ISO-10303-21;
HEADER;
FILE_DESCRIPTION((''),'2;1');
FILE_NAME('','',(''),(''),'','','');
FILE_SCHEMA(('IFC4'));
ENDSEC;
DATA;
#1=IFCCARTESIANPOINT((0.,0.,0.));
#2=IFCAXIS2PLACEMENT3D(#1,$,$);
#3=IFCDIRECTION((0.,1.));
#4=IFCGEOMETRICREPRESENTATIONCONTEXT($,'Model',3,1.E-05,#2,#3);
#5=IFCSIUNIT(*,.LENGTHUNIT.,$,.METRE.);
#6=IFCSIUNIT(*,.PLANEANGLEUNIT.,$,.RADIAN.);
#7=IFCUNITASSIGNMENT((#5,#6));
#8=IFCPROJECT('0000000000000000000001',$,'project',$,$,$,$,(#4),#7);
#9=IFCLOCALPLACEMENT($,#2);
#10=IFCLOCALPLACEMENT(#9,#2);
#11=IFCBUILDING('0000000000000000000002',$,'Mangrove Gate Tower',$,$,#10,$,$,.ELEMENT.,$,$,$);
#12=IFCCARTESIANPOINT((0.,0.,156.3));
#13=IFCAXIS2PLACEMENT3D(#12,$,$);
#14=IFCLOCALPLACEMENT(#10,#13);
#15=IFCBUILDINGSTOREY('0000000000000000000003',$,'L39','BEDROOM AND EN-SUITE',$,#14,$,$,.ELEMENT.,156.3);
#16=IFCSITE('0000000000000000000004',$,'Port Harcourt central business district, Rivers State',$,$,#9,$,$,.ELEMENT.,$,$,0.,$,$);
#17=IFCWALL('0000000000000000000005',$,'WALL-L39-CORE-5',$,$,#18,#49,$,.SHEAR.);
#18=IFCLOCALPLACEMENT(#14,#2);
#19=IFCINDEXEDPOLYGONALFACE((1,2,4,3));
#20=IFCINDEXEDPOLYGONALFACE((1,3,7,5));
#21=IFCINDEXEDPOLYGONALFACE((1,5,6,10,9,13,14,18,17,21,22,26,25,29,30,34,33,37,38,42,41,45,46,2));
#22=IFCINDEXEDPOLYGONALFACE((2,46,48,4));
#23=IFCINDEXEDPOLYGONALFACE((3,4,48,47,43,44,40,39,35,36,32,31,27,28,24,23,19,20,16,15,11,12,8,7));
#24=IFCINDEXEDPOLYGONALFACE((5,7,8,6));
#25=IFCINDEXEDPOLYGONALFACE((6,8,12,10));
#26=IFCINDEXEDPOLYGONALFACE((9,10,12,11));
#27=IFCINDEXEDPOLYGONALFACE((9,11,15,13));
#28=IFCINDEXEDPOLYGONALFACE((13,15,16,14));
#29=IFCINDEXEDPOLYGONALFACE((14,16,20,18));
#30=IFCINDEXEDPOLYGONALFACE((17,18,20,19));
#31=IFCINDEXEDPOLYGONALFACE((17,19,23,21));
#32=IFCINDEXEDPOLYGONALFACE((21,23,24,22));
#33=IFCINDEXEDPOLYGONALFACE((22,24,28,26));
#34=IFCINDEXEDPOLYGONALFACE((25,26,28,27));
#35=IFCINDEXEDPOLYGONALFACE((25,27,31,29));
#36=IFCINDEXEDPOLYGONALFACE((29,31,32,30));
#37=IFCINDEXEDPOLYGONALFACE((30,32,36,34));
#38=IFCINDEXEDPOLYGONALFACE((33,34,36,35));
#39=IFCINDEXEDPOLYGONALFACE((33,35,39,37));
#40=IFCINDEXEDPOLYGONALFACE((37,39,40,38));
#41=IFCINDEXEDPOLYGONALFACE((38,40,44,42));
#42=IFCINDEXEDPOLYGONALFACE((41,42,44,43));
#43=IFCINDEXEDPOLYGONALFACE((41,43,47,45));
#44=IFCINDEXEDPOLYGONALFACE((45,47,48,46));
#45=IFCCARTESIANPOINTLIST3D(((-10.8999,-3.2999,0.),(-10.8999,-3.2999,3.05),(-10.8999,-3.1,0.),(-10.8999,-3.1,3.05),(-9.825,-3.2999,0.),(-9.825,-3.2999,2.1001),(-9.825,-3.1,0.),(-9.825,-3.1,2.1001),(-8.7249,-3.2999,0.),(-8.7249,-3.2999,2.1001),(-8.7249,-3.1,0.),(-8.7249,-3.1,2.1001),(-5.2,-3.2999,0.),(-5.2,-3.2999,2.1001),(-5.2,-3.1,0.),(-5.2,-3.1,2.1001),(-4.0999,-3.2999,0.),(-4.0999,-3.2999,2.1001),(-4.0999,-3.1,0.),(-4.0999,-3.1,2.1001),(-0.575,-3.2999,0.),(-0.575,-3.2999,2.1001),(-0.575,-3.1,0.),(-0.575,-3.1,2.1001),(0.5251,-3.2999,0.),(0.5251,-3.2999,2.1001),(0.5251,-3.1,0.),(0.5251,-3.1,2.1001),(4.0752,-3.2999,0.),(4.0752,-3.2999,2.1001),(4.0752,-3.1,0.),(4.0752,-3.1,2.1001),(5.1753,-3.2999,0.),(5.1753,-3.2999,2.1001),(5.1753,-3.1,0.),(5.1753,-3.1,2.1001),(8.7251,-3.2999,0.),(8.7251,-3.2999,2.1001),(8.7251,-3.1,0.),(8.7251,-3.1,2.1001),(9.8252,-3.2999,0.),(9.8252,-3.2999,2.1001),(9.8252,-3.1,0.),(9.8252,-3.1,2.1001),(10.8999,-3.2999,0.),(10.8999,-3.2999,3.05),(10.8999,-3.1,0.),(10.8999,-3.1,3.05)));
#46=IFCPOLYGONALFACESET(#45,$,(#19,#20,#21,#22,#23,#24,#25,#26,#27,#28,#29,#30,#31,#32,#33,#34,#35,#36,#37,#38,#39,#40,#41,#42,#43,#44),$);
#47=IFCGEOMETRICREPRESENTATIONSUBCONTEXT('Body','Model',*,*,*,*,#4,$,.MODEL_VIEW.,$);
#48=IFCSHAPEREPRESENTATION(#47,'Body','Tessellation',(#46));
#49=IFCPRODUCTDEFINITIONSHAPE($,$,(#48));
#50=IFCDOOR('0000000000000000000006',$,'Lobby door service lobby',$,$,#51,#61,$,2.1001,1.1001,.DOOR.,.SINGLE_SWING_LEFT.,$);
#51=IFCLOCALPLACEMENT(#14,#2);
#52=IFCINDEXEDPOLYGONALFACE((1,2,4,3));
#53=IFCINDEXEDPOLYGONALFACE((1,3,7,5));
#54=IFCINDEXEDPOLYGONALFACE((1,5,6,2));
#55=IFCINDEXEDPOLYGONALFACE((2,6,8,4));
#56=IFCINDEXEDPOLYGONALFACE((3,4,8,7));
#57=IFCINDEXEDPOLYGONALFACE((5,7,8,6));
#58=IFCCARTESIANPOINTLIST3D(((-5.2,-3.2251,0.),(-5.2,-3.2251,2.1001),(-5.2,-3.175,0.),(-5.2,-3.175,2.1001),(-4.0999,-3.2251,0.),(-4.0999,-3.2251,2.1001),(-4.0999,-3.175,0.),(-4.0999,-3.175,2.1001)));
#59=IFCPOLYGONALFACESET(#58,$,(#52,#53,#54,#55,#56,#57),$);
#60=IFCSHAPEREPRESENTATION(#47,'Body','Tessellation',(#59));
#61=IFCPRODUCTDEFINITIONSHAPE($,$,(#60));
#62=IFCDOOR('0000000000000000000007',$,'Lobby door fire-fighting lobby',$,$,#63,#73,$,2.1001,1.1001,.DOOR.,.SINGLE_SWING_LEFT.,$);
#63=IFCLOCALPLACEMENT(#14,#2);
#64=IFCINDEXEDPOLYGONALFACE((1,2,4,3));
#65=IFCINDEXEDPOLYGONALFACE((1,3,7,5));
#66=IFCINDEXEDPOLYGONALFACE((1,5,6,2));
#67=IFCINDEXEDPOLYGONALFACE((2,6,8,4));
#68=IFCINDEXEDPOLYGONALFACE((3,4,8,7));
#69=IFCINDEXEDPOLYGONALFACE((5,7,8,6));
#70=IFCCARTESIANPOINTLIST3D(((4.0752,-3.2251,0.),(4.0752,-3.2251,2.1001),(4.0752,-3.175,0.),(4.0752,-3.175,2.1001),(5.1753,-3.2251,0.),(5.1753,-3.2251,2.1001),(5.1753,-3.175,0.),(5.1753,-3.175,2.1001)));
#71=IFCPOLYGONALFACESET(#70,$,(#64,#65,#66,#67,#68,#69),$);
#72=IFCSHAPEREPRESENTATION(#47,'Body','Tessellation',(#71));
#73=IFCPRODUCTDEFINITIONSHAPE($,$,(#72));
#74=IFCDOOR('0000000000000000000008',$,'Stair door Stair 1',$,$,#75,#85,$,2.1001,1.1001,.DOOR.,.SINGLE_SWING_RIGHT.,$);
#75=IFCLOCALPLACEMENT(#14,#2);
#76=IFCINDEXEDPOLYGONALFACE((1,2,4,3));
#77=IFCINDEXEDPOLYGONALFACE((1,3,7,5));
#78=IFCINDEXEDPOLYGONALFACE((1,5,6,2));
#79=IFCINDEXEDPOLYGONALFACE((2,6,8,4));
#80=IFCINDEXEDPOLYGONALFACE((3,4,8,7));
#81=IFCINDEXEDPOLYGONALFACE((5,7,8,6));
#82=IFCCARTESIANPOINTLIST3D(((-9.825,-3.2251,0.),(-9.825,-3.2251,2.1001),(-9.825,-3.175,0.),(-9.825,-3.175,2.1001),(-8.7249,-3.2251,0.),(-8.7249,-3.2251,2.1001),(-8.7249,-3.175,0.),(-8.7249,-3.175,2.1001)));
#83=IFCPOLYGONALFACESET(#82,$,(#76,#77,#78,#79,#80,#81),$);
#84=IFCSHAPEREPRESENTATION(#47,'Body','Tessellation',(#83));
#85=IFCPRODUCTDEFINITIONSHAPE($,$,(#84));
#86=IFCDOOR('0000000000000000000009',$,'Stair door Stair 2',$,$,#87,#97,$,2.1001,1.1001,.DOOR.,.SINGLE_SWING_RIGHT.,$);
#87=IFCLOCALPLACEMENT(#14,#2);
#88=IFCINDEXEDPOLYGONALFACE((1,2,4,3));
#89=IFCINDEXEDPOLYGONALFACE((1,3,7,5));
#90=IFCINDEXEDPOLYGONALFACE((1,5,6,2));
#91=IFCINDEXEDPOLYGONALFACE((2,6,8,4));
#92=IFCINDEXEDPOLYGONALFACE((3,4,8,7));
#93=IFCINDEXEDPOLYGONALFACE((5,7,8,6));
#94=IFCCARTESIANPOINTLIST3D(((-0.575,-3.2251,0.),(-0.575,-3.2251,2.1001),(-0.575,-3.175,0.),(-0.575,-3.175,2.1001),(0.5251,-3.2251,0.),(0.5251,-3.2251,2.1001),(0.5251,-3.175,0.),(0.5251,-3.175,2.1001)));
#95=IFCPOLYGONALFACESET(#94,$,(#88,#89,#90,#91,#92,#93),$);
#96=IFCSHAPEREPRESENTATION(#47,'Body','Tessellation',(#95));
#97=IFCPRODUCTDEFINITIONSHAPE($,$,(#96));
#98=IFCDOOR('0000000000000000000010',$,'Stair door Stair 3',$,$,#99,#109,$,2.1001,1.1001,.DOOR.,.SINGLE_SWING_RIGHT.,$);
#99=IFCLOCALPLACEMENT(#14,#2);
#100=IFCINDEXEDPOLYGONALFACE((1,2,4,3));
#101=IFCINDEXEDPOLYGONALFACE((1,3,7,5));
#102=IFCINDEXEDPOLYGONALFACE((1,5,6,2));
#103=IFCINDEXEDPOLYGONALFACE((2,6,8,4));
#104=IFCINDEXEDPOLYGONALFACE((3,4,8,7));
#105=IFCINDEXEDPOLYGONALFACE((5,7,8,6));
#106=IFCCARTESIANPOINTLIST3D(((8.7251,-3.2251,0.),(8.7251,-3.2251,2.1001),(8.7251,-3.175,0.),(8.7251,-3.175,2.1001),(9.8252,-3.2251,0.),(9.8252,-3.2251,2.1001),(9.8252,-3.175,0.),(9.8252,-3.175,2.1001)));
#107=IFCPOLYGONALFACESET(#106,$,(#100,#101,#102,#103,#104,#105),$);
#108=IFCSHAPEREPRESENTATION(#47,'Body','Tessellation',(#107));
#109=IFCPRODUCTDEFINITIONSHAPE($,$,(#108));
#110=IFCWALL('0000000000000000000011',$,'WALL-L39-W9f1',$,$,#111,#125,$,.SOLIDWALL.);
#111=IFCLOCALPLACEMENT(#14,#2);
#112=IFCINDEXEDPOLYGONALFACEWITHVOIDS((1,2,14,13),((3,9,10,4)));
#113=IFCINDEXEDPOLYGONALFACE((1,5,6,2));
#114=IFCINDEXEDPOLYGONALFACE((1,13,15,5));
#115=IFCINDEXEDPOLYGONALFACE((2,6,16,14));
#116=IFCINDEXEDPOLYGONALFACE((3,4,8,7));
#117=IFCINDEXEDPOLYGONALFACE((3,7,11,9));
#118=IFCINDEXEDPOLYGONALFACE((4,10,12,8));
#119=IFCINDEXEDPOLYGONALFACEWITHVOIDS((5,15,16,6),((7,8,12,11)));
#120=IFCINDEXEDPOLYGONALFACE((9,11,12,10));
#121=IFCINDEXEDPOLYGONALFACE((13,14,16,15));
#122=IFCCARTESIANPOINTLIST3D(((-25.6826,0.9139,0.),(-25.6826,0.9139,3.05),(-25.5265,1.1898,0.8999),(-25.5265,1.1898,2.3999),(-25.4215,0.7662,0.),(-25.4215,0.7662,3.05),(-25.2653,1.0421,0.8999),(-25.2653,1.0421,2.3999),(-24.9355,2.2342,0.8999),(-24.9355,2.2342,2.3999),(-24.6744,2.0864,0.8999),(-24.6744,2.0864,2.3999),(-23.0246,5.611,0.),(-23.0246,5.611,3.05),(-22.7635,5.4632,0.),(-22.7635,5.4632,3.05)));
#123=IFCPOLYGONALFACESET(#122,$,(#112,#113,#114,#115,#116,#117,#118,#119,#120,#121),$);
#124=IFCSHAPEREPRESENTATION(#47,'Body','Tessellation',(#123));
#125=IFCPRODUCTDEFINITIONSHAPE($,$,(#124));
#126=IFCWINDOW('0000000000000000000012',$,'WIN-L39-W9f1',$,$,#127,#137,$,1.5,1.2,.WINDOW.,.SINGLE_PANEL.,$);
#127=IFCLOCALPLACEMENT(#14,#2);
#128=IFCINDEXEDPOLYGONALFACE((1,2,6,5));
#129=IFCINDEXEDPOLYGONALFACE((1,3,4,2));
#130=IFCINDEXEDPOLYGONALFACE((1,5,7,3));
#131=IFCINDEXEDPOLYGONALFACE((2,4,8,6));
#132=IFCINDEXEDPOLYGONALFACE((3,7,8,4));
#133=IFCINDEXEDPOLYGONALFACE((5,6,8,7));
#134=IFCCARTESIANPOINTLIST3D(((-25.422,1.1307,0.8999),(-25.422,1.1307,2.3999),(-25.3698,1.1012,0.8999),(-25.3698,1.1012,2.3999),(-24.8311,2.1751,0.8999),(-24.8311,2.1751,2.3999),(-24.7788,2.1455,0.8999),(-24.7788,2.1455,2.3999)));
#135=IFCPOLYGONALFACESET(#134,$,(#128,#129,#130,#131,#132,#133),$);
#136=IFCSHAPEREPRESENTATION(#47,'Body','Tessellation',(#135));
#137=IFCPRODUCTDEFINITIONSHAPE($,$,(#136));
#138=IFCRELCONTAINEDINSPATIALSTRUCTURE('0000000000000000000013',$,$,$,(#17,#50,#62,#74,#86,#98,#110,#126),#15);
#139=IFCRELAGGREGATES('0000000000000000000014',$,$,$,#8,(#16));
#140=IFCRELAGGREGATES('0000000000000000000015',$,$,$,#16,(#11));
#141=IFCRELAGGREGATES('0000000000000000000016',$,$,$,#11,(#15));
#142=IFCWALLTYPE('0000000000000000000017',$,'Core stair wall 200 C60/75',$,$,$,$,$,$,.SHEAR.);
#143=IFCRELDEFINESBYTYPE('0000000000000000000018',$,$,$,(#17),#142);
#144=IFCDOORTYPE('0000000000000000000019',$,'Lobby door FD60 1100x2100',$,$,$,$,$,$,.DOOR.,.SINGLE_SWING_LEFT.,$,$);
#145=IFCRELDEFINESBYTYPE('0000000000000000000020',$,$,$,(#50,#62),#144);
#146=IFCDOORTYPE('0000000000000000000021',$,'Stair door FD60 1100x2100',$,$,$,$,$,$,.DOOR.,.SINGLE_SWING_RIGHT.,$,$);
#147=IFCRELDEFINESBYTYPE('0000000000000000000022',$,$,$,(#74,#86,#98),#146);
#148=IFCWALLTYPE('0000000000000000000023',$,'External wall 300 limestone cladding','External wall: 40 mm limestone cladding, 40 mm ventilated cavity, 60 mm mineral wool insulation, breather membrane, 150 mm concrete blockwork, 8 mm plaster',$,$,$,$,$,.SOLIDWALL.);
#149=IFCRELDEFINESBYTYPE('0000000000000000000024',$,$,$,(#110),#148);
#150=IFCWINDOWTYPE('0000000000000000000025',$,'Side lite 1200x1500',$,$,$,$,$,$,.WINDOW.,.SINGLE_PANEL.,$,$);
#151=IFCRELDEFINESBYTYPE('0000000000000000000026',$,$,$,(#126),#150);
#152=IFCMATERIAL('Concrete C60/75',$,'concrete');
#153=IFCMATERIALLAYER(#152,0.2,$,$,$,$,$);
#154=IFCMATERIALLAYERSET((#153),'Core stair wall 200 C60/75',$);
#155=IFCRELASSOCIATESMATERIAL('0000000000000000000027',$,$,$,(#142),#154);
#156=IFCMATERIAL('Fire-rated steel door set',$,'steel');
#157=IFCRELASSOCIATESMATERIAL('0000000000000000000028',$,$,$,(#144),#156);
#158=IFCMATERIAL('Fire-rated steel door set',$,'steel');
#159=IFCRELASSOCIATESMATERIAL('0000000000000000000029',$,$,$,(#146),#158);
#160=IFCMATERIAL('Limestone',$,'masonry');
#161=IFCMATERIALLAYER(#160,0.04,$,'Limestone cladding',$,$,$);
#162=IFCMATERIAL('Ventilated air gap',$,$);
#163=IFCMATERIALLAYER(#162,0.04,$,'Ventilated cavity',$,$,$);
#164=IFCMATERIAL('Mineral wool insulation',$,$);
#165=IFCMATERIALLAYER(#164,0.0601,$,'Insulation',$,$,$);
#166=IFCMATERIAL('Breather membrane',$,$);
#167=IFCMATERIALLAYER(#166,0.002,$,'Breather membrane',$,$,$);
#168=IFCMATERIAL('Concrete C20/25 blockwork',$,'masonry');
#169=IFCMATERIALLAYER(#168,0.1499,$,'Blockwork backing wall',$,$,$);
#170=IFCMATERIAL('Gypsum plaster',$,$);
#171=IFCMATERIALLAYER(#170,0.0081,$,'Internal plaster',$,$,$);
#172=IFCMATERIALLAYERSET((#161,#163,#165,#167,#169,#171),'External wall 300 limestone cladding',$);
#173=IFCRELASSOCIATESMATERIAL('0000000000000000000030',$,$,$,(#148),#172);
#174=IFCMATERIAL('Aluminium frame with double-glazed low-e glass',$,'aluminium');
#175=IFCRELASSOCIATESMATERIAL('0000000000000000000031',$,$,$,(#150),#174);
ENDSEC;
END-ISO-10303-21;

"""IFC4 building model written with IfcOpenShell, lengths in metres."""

from ifc_helpers import new_model, si_unit, direction, frame, frame_2d, origin, place, context, subcontext, project, spatial, rectangle, extrude, material, layer, layer_set, type_object, element, fill, save


model = new_model("IFC4")

# Units and contexts
model_context = context("Model", 3, precision=1e-05, world=origin(), true_north=direction((0.0, 1.0)))
body_context = subcontext(model_context, "Body", "Model", "MODEL_VIEW")
ifc_project = project(units=[si_unit("LENGTHUNIT", "METRE"), si_unit("PLANEANGLEUNIT", "RADIAN")], contexts=[model_context])

# Site, building, storey
site_placement = place(None, origin())
site = spatial("IfcSite", under=ifc_project, at=site_placement, Name="Port Harcourt central business district, Rivers State", CompositionType="ELEMENT", RefElevation=0.0)
building_placement = place(site_placement, origin())
building = spatial("IfcBuilding", under=site, at=building_placement, Name="Mangrove Gate Tower", CompositionType="ELEMENT")
storey_placement = place(building_placement, frame((0.0, 0.0, 156.3)))
storey = spatial("IfcBuildingStorey", under=building, at=storey_placement, Name="L39", Description="BEDROOM AND EN-SUITE", CompositionType="ELEMENT", Elevation=156.3)

# Wall, openings, doors
ifc_material_1 = material(Name="Concrete C60/75", Category="concrete")
ifc_layer_1 = layer(ifc_material_1, 0.2)
ifc_layer_set_1 = layer_set([ifc_layer_1], Name="Core stair wall 200 C60/75")
wall_type_1 = type_object("IfcWallType", Name="Core stair wall 200 C60/75", PredefinedType="SHEAR", material=ifc_layer_set_1)
wall_1_placement = place(storey_placement, frame((-10.8999, -3.2, 0.0), z_axis=(0.0, 0.0, 1.0), x_axis=(1.0, 0.0, 0.0)))
wall_1 = element("IfcWall", 1, at=wall_1_placement, inside=storey, type_object=wall_type_1, Name="WALL-L39-CORE-5", PredefinedType="SHEAR", context=body_context, shape_type="SweptSolid", body=[
    extrude(rectangle(XDim=21.7998, YDim=0.2, at=frame_2d((10.8999, 0.0))), origin(), (0.0, 0.0, 1.0), 3.05),
])
opening_1_placement = place(wall_1_placement, frame((1.075, 0.0, 0.0)))
opening_1 = element("IfcOpeningElement", 2, at=opening_1_placement, cuts=wall_1, PredefinedType="OPENING", context=body_context, shape_type="SweptSolid", body=[
    extrude(rectangle(XDim=1.1001, YDim=2.1001, at=frame_2d((0.55, 1.05))), frame((0.0, 0.1099, 0.0), z_axis=(0.0, -1.0, 0.0), x_axis=(1.0, 0.0, 0.0)), (0.0, 0.0, 1.0), 0.22),
])
opening_2_placement = place(wall_1_placement, frame((10.325, 0.0, 0.0)))
opening_2 = element("IfcOpeningElement", 3, at=opening_2_placement, cuts=wall_1, PredefinedType="OPENING", context=body_context, shape_type="SweptSolid", body=[
    extrude(rectangle(XDim=1.1001, YDim=2.1001, at=frame_2d((0.55, 1.05))), frame((0.0, 0.1099, 0.0), z_axis=(0.0, -1.0, 0.0), x_axis=(1.0, 0.0, 0.0)), (0.0, 0.0, 1.0), 0.22),
])
opening_3_placement = place(wall_1_placement, frame((19.625, 0.0, 0.0)))
opening_3 = element("IfcOpeningElement", 4, at=opening_3_placement, cuts=wall_1, PredefinedType="OPENING", context=body_context, shape_type="SweptSolid", body=[
    extrude(rectangle(XDim=1.1001, YDim=2.1001, at=frame_2d((0.55, 1.05))), frame((0.0, 0.1099, 0.0), z_axis=(0.0, -1.0, 0.0), x_axis=(1.0, 0.0, 0.0)), (0.0, 0.0, 1.0), 0.22),
])
opening_4_placement = place(wall_1_placement, frame((5.7, 0.0, 0.0)))
opening_4 = element("IfcOpeningElement", 5, at=opening_4_placement, cuts=wall_1, PredefinedType="OPENING", context=body_context, shape_type="SweptSolid", body=[
    extrude(rectangle(XDim=1.1001, YDim=2.1001, at=frame_2d((0.55, 1.05))), frame((0.0, 0.1099, 0.0), z_axis=(0.0, -1.0, 0.0), x_axis=(1.0, 0.0, 0.0)), (0.0, 0.0, 1.0), 0.22),
])
opening_5_placement = place(wall_1_placement, frame((14.9751, 0.0, 0.0)))
opening_5 = element("IfcOpeningElement", 6, at=opening_5_placement, cuts=wall_1, PredefinedType="OPENING", context=body_context, shape_type="SweptSolid", body=[
    extrude(rectangle(XDim=1.1001, YDim=2.1001, at=frame_2d((0.55, 1.05))), frame((0.0, 0.1099, 0.0), z_axis=(0.0, -1.0, 0.0), x_axis=(1.0, 0.0, 0.0)), (0.0, 0.0, 1.0), 0.22),
])
ifc_material_2 = material(Name="Fire-rated steel door set", Category="steel")
door_type_1 = type_object("IfcDoorType", Name="Lobby door FD60 1100x2100", OperationType="SINGLE_SWING_LEFT", PredefinedType="DOOR", material=ifc_material_2)
door_1_placement = place(opening_4_placement, origin())
door_1 = element("IfcDoor", 7, at=door_1_placement, inside=storey, type_object=door_type_1, Name="Lobby door service lobby", OperationType="SINGLE_SWING_LEFT", OverallHeight=2.1001, OverallWidth=1.1001, PredefinedType="DOOR", context=body_context, shape_type="SweptSolid", body=[
    extrude(rectangle(XDim=1.1001, YDim=2.1001, at=frame_2d((0.55, 1.05))), frame((0.0, 0.0249, 0.0), z_axis=(0.0, -1.0, 0.0), x_axis=(1.0, 0.0, 0.0)), (0.0, 0.0, 1.0), 0.05),
])
fill(opening_4, door_1)
door_2_placement = place(opening_5_placement, origin())
door_2 = element("IfcDoor", 8, at=door_2_placement, inside=storey, type_object=door_type_1, Name="Lobby door fire-fighting lobby", OperationType="SINGLE_SWING_LEFT", OverallHeight=2.1001, OverallWidth=1.1001, PredefinedType="DOOR", context=body_context, shape_type="SweptSolid", body=[
    extrude(rectangle(XDim=1.1001, YDim=2.1001, at=frame_2d((0.55, 1.05))), frame((0.0, 0.0249, 0.0), z_axis=(0.0, -1.0, 0.0), x_axis=(1.0, 0.0, 0.0)), (0.0, 0.0, 1.0), 0.05),
])
fill(opening_5, door_2)
ifc_material_3 = material(Name="Fire-rated steel door set", Category="steel")
door_type_2 = type_object("IfcDoorType", Name="Stair door FD60 1100x2100", OperationType="SINGLE_SWING_RIGHT", PredefinedType="DOOR", material=ifc_material_3)
door_3_placement = place(opening_1_placement, origin())
door_3 = element("IfcDoor", 9, at=door_3_placement, inside=storey, type_object=door_type_2, Name="Stair door Stair 1", OperationType="SINGLE_SWING_RIGHT", OverallHeight=2.1001, OverallWidth=1.1001, PredefinedType="DOOR", context=body_context, shape_type="SweptSolid", body=[
    extrude(rectangle(XDim=1.1001, YDim=2.1001, at=frame_2d((0.55, 1.05))), frame((0.0, 0.0249, 0.0), z_axis=(0.0, -1.0, 0.0), x_axis=(1.0, 0.0, 0.0)), (0.0, 0.0, 1.0), 0.05),
])
fill(opening_1, door_3)
door_4_placement = place(opening_2_placement, origin())
door_4 = element("IfcDoor", 10, at=door_4_placement, inside=storey, type_object=door_type_2, Name="Stair door Stair 2", OperationType="SINGLE_SWING_RIGHT", OverallHeight=2.1001, OverallWidth=1.1001, PredefinedType="DOOR", context=body_context, shape_type="SweptSolid", body=[
    extrude(rectangle(XDim=1.1001, YDim=2.1001, at=frame_2d((0.55, 1.05))), frame((0.0, 0.0249, 0.0), z_axis=(0.0, -1.0, 0.0), x_axis=(1.0, 0.0, 0.0)), (0.0, 0.0, 1.0), 0.05),
])
fill(opening_2, door_4)
door_5_placement = place(opening_3_placement, origin())
door_5 = element("IfcDoor", 11, at=door_5_placement, inside=storey, type_object=door_type_2, Name="Stair door Stair 3", OperationType="SINGLE_SWING_RIGHT", OverallHeight=2.1001, OverallWidth=1.1001, PredefinedType="DOOR", context=body_context, shape_type="SweptSolid", body=[
    extrude(rectangle(XDim=1.1001, YDim=2.1001, at=frame_2d((0.55, 1.05))), frame((0.0, 0.0249, 0.0), z_axis=(0.0, -1.0, 0.0), x_axis=(1.0, 0.0, 0.0)), (0.0, 0.0, 1.0), 0.05),
])
fill(opening_3, door_5)

# Wall, opening, window
ifc_material_4 = material(Name="Limestone", Category="masonry")
ifc_layer_2 = layer(ifc_material_4, 0.04, Name="Limestone cladding")
ifc_material_5 = material(Name="Ventilated air gap")
ifc_layer_3 = layer(ifc_material_5, 0.04, Name="Ventilated cavity")
ifc_material_6 = material(Name="Mineral wool insulation")
ifc_layer_4 = layer(ifc_material_6, 0.0601, Name="Insulation")
ifc_material_7 = material(Name="Breather membrane")
ifc_layer_5 = layer(ifc_material_7, 0.002, Name="Breather membrane")
ifc_material_8 = material(Name="Concrete C20/25 blockwork", Category="masonry")
ifc_layer_6 = layer(ifc_material_8, 0.1499, Name="Blockwork backing wall")
ifc_material_9 = material(Name="Gypsum plaster")
ifc_layer_7 = layer(ifc_material_9, 0.0081, Name="Internal plaster")
ifc_layer_set_2 = layer_set([ifc_layer_2, ifc_layer_3, ifc_layer_4, ifc_layer_5, ifc_layer_6, ifc_layer_7], Name="External wall 300 limestone cladding")
wall_type_2 = type_object("IfcWallType", Name="External wall 300 limestone cladding", Description="External wall: 40 mm limestone cladding, 40 mm ventilated cavity, 60 mm mineral wool insulation, breather membrane, 150 mm concrete blockwork, 8 mm plaster", PredefinedType="SOLIDWALL", material=ifc_layer_set_2)
wall_2_placement = place(storey_placement, frame((-22.894, 5.5371, 0.0), z_axis=(0.0, 0.0, 1.0), x_axis=(-0.492495, -0.870315, 0.0)))
wall_2 = element("IfcWall", 12, at=wall_2_placement, inside=storey, type_object=wall_type_2, Name="WALL-L39-W9f1", PredefinedType="SOLIDWALL", context=body_context, shape_type="SweptSolid", body=[
    extrude(rectangle(XDim=5.397, YDim=0.3, at=frame_2d((2.6985, 0.0))), origin(), (0.0, 0.0, 1.0), 3.05),
])
opening_6_placement = place(wall_2_placement, frame((3.8799, 0.0, 0.8999)))
opening_6 = element("IfcOpeningElement", 13, at=opening_6_placement, cuts=wall_2, PredefinedType="OPENING", context=body_context, shape_type="SweptSolid", body=[
    extrude(rectangle(XDim=1.2, YDim=1.5, at=frame_2d((0.6001, 0.75))), frame((0.0, 0.1599, 0.0), z_axis=(0.0, -1.0, 0.0), x_axis=(1.0, 0.0, 0.0)), (0.0, 0.0, 1.0), 0.3201),
])
ifc_material_10 = material(Name="Aluminium frame with double-glazed low-e glass", Category="aluminium")
window_type = type_object("IfcWindowType", Name="Side lite 1200x1500", PartitioningType="SINGLE_PANEL", PredefinedType="WINDOW", material=ifc_material_10)
window_1_placement = place(opening_6_placement, origin())
window_1 = element("IfcWindow", 14, at=window_1_placement, inside=storey, type_object=window_type, Name="WIN-L39-W9f1", OverallHeight=1.5, OverallWidth=1.2, PartitioningType="SINGLE_PANEL", PredefinedType="WINDOW", context=body_context, shape_type="SweptSolid", body=[
    extrude(rectangle(XDim=1.2, YDim=1.5, at=frame_2d((0.6001, 0.75))), frame((0.0, 0.03, 0.0), z_axis=(0.0, -1.0, 0.0), x_axis=(1.0, 0.0, 0.0)), (0.0, 0.0, 1.0), 0.0601),
])
fill(opening_6, window_1)

save(model, "model.ifc")
